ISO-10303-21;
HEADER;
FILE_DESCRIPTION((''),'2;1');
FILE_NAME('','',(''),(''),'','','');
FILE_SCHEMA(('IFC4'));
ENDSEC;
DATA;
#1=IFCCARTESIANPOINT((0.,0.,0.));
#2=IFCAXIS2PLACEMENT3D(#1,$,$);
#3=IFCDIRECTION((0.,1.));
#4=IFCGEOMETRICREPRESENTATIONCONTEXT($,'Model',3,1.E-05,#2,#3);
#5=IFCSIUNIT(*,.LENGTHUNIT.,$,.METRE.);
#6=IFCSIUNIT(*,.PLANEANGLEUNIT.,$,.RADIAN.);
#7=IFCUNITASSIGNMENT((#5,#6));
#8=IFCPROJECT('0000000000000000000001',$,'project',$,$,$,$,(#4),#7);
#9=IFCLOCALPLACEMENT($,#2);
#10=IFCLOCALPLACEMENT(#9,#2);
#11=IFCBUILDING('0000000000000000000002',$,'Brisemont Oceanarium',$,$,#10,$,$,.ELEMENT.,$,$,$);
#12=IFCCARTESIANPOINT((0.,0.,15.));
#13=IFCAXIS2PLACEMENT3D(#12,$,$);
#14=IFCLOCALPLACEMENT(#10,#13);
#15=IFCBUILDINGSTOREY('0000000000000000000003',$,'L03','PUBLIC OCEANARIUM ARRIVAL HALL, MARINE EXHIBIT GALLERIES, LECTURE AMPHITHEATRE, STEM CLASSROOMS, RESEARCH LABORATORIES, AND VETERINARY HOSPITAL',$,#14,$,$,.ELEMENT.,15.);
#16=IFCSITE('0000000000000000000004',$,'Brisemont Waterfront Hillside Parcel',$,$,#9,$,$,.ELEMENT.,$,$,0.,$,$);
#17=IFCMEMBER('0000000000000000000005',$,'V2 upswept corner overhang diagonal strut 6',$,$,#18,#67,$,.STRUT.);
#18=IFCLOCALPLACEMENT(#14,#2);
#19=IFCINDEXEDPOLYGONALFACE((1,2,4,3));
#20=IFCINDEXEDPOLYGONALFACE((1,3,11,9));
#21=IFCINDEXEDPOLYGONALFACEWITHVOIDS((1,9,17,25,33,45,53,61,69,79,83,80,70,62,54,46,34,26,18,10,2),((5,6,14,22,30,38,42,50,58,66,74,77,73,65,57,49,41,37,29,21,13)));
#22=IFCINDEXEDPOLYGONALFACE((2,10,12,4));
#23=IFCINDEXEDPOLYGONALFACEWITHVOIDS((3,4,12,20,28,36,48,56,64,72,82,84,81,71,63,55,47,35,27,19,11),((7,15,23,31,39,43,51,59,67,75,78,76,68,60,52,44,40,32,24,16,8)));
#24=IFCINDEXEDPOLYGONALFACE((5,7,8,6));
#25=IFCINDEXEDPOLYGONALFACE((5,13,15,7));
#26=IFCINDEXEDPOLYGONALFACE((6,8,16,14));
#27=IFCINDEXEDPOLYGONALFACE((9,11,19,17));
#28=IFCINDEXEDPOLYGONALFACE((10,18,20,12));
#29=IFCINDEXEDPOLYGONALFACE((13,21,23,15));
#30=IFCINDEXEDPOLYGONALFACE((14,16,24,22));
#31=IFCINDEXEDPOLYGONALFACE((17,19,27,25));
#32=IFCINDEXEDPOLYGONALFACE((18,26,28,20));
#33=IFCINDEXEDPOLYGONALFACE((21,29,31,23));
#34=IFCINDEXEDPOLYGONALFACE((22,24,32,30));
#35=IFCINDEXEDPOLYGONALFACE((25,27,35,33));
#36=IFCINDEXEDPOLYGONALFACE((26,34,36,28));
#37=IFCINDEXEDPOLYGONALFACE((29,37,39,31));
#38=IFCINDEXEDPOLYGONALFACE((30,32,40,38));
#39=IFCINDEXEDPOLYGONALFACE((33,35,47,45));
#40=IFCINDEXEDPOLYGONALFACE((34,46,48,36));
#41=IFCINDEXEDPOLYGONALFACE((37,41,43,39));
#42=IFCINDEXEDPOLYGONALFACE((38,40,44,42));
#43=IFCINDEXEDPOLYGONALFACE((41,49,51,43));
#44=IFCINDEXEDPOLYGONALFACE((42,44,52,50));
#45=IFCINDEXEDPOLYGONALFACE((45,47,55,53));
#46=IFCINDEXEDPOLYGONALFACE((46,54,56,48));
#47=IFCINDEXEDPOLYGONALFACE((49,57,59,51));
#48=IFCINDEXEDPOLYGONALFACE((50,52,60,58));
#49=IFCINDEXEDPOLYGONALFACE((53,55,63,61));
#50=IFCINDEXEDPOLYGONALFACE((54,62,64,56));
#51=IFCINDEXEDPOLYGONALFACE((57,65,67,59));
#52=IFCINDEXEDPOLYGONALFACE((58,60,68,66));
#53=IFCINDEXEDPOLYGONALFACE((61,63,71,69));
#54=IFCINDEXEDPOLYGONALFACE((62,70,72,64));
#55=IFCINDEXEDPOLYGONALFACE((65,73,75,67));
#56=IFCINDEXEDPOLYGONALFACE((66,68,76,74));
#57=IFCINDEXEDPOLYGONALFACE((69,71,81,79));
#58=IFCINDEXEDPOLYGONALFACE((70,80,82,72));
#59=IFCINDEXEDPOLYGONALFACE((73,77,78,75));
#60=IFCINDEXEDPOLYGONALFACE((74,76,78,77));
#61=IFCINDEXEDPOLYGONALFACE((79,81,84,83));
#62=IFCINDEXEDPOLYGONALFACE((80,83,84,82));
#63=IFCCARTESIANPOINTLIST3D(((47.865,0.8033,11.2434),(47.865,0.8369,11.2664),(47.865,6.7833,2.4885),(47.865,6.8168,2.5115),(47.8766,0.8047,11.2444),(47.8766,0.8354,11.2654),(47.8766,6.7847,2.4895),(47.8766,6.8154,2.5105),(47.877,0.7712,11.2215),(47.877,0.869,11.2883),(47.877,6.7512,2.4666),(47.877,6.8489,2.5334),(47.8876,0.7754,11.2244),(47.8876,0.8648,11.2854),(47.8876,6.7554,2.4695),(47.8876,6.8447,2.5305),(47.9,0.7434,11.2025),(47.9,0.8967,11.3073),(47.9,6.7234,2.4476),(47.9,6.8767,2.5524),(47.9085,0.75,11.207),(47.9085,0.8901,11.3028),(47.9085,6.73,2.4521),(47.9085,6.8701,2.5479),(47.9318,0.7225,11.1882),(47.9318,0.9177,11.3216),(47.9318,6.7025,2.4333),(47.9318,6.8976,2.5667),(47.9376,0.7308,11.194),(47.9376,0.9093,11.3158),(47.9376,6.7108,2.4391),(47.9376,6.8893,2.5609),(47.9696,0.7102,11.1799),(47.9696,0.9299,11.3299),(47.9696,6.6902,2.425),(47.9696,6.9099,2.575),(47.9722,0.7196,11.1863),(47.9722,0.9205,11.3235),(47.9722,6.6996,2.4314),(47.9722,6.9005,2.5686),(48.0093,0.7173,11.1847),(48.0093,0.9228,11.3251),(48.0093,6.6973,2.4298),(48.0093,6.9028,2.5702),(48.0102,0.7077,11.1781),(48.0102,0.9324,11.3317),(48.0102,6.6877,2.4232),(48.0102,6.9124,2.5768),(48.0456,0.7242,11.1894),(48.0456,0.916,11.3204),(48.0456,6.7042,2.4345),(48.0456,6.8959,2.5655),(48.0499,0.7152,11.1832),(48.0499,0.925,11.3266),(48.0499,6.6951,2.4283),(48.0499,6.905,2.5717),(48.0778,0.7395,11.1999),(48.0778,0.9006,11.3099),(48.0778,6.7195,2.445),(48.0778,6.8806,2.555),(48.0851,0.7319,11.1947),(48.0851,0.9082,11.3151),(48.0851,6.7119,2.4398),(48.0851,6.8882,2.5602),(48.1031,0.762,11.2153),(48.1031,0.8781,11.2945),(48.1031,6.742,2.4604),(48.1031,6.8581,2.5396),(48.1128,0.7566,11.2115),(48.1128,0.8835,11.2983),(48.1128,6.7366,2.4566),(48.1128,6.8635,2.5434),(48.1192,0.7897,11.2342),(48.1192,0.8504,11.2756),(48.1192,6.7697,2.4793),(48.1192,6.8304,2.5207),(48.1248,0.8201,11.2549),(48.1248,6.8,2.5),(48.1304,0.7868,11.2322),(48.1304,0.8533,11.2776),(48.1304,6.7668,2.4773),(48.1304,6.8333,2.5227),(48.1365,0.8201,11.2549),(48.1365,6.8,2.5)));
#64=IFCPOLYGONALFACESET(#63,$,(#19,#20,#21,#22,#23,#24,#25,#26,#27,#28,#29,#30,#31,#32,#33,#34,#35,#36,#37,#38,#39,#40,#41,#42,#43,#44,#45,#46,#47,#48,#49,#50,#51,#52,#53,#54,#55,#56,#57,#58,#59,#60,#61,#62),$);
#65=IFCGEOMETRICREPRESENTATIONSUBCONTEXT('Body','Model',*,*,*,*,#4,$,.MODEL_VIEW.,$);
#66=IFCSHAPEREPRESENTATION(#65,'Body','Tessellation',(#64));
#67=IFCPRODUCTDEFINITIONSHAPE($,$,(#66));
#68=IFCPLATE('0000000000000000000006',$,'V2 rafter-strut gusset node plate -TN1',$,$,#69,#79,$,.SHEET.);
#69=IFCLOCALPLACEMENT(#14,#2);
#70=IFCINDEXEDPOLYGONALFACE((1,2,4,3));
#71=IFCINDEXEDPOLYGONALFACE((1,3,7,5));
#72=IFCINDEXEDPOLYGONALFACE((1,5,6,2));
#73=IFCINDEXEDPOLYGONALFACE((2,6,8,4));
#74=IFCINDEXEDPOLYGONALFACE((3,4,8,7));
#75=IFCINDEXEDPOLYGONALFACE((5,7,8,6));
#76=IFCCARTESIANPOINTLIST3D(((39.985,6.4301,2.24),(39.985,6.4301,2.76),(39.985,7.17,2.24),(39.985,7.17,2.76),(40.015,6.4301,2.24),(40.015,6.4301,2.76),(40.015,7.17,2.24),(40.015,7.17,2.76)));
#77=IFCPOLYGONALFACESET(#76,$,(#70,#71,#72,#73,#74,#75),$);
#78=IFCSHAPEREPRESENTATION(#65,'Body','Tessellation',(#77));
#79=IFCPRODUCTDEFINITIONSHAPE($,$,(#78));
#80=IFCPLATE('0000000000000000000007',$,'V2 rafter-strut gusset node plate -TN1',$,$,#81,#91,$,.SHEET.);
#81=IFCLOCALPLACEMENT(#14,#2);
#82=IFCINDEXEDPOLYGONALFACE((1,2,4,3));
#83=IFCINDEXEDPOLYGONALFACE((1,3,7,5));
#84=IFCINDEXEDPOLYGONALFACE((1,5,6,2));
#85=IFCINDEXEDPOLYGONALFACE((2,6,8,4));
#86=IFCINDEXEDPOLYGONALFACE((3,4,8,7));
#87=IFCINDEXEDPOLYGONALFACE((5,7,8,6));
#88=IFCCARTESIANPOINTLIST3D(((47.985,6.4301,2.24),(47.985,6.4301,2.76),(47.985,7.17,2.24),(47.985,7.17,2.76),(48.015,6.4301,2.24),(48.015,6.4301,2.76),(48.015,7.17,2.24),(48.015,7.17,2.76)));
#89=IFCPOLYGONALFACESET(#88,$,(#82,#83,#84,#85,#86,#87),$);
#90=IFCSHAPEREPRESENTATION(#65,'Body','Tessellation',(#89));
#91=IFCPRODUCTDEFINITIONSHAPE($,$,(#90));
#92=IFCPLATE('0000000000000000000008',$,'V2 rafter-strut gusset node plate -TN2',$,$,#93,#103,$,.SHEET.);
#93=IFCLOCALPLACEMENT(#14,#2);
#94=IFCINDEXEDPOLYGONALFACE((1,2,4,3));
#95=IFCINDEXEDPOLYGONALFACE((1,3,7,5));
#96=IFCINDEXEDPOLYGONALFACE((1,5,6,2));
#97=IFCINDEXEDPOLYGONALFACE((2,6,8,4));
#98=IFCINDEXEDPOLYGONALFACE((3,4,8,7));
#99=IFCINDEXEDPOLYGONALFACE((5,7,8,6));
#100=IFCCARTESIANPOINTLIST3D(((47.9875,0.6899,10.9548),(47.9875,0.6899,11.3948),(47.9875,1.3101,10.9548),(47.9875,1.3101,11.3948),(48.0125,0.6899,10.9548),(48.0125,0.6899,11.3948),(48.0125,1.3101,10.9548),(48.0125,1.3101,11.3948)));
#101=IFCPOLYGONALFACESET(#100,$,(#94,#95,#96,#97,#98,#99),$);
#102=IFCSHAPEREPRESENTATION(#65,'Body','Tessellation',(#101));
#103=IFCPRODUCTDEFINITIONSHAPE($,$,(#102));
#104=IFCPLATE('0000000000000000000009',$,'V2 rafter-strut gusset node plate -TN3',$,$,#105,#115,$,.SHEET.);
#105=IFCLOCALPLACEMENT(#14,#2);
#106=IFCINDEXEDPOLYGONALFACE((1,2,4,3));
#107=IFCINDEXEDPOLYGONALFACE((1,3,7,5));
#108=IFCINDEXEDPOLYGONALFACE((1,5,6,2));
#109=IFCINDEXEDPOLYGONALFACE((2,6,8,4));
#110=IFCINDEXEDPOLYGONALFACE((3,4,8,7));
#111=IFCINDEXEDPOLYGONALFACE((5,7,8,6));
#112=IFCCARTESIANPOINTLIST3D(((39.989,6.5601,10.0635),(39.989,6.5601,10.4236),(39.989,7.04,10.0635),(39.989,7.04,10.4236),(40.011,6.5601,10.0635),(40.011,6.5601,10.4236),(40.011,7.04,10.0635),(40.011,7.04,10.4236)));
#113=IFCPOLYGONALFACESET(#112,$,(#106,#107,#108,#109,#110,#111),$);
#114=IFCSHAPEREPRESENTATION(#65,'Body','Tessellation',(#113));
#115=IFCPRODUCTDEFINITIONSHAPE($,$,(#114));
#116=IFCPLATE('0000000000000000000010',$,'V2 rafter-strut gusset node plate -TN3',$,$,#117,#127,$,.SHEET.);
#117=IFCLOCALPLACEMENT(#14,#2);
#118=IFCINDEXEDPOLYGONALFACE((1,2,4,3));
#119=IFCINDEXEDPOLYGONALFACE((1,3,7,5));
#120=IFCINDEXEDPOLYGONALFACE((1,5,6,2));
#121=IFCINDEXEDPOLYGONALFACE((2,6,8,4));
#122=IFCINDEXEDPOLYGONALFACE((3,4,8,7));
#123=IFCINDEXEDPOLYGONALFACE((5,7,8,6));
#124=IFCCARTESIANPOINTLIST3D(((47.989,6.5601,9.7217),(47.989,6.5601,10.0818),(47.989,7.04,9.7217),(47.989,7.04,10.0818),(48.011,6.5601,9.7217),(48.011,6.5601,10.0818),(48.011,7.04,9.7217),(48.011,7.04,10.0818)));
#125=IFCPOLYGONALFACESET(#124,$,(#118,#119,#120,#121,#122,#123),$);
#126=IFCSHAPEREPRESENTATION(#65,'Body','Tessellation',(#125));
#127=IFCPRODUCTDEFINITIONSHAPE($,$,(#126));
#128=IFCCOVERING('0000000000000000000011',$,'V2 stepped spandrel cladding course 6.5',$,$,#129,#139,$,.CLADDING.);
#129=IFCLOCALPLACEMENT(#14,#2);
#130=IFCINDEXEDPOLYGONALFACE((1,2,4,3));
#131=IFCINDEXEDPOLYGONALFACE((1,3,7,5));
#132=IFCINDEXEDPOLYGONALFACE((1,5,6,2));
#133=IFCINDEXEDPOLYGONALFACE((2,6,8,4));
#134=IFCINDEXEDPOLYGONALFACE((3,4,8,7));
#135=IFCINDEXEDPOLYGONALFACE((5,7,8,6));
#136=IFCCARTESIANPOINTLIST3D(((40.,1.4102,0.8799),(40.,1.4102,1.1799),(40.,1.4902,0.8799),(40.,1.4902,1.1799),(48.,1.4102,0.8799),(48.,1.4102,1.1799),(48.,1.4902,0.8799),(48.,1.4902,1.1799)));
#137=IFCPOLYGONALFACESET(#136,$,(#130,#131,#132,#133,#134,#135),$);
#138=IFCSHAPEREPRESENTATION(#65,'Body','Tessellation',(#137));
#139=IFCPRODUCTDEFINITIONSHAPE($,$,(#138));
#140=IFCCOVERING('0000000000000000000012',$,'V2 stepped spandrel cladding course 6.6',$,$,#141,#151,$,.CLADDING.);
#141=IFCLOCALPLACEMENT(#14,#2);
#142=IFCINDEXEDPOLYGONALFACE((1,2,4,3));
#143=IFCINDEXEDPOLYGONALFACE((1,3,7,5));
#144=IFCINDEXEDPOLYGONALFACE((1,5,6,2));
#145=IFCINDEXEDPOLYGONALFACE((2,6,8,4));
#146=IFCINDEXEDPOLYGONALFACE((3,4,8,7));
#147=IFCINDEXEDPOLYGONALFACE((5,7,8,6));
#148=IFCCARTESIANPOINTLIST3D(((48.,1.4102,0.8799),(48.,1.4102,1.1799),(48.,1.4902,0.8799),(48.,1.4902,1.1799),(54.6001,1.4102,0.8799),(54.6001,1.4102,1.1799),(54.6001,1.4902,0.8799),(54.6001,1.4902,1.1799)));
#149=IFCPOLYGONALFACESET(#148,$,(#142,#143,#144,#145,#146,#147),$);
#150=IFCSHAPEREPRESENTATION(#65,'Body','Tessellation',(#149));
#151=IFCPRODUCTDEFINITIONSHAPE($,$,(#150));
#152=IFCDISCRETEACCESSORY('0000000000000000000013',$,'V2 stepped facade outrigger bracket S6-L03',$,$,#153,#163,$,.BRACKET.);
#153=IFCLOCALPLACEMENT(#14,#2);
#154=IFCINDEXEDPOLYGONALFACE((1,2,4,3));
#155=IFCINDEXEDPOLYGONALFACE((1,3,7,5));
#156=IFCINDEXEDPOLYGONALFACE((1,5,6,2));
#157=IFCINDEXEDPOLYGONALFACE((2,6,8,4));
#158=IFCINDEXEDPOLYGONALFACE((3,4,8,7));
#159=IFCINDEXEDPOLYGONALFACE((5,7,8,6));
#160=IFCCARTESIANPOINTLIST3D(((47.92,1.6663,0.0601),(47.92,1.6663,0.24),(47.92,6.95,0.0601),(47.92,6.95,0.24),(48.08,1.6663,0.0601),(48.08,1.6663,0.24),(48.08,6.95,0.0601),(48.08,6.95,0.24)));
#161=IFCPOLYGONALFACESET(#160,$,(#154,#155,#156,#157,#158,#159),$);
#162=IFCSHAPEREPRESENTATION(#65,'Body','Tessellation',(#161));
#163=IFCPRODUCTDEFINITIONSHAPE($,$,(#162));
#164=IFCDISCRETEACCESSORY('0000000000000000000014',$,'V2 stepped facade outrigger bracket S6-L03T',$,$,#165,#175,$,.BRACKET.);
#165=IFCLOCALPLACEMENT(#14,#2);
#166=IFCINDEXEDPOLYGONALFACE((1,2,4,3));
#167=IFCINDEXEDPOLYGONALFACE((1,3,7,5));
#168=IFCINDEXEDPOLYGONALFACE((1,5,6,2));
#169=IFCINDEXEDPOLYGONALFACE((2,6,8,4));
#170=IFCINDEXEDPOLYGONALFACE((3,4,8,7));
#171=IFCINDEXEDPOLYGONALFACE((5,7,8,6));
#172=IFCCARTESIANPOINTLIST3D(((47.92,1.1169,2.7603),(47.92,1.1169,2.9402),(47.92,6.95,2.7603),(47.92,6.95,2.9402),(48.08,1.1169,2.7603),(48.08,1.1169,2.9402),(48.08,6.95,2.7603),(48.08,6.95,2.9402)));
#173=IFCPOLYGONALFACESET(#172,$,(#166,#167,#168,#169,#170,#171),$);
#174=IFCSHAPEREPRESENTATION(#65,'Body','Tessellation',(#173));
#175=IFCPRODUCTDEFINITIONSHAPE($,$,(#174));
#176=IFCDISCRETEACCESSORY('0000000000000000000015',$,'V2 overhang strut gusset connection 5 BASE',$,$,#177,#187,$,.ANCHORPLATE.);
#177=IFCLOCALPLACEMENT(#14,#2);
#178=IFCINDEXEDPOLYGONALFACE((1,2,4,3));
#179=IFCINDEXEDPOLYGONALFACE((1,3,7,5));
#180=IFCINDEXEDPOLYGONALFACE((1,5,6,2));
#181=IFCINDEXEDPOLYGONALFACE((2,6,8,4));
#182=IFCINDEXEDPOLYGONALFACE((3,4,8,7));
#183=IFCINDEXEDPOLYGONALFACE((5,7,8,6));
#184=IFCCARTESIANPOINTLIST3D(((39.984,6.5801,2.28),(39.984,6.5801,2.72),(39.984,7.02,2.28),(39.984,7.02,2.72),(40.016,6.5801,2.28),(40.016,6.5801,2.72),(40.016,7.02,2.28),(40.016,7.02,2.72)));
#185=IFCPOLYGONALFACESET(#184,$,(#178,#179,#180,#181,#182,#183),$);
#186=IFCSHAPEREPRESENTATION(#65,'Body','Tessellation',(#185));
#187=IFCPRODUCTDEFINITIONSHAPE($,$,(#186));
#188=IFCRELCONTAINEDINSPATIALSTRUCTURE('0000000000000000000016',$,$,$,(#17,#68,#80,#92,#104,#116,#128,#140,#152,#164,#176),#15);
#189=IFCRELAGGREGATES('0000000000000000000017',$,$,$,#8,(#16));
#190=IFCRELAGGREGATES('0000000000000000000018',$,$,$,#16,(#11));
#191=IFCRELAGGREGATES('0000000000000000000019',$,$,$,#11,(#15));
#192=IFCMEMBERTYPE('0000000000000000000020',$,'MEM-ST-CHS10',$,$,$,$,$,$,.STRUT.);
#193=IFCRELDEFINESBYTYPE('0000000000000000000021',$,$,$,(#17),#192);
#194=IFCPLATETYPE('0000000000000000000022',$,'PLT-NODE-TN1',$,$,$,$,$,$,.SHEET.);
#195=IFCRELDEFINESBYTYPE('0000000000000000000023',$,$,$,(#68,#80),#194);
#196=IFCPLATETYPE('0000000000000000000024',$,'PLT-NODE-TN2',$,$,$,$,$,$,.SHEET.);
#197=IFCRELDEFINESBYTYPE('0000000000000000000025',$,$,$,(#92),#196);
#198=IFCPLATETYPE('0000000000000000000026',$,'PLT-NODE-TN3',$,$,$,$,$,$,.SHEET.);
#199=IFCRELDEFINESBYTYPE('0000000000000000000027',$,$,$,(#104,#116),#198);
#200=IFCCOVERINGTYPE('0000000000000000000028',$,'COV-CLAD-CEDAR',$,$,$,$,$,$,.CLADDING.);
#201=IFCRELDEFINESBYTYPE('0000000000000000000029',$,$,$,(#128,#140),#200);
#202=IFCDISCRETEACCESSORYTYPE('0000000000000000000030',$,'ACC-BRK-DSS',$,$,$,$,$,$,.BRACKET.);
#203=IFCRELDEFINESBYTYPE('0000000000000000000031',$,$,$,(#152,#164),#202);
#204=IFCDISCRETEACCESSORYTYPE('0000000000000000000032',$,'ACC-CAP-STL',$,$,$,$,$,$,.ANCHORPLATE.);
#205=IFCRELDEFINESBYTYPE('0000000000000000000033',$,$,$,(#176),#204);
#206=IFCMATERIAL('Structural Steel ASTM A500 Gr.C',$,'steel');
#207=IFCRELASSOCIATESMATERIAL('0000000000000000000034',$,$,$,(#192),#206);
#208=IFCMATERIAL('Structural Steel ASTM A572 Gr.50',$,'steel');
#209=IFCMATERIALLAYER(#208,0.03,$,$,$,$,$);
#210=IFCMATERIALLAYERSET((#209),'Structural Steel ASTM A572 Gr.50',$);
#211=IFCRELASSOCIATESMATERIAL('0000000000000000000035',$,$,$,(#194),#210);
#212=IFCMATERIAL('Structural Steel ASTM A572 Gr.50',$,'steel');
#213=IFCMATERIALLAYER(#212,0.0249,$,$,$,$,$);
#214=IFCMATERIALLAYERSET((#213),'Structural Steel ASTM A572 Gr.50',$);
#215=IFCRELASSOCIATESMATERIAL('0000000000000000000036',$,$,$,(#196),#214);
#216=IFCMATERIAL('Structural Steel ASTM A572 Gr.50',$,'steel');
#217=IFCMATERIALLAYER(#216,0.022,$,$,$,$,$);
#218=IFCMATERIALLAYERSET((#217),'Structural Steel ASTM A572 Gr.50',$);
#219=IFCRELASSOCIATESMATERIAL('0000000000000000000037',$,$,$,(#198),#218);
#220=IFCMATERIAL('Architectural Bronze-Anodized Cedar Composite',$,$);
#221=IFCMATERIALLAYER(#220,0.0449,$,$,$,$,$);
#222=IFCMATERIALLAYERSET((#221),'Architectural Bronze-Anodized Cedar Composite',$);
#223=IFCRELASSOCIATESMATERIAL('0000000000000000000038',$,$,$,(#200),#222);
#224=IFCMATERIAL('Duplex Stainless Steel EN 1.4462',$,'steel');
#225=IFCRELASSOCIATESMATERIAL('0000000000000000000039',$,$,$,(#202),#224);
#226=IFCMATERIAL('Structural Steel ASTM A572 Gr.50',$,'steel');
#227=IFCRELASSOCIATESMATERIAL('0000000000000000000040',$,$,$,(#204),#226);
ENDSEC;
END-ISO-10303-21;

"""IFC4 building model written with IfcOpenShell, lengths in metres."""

from ifc_helpers import new_model, si_unit, direction, frame, origin, origin_2d, place, context, subcontext, project, spatial, rectangle, hollow_circle, extrude, material, layer, layer_set, material_profile, profile_set, type_object, element, save


model = new_model("IFC4")

# Units and contexts
model_context = context("Model", 3, precision=1e-05, world=origin(), true_north=direction((0.0, 1.0)))
body_context = subcontext(model_context, "Body", "Model", "MODEL_VIEW")
ifc_project = project(units=[si_unit("LENGTHUNIT", "METRE"), si_unit("PLANEANGLEUNIT", "RADIAN")], contexts=[model_context])

# Site, building, storey
site_placement = place(None, origin())
site = spatial("IfcSite", under=ifc_project, at=site_placement, Name="Brisemont Waterfront Hillside Parcel", CompositionType="ELEMENT", RefElevation=0.0)
building_placement = place(site_placement, origin())
building = spatial("IfcBuilding", under=site, at=building_placement, Name="Brisemont Oceanarium", CompositionType="ELEMENT")
storey_placement = place(building_placement, frame((0.0, 0.0, 15.0)))
storey = spatial("IfcBuildingStorey", under=building, at=storey_placement, Name="L03", Description="PUBLIC OCEANARIUM ARRIVAL HALL, MARINE EXHIBIT GALLERIES, LECTURE AMPHITHEATRE, STEM CLASSROOMS, RESEARCH LABORATORIES, AND VETERINARY HOSPITAL", CompositionType="ELEMENT", Elevation=15.0)

# Member
ifc_material_1 = material(Name="Structural Steel ASTM A500 Gr.C", Category="steel")
ifc_material_profile_1 = material_profile(ifc_material_1, hollow_circle(Radius=0.1365, WallThickness=0.0117, at=origin_2d()), Name="HSS10.750X0.500")
ifc_profile_set_1 = profile_set([ifc_material_profile_1], Name="Structural Steel ASTM A500 Gr.C")
member_type_1 = type_object("IfcMemberType", Name="MEM-ST-CHS10", PredefinedType="STRUT", material=ifc_profile_set_1)
member_1_placement = place(storey_placement, frame((48.0, 6.8, 2.5), z_axis=(0.0, -0.564028, 0.825755), x_axis=(1.0, 0.0, 0.0)))
element("IfcMember", 1, at=member_1_placement, inside=storey, type_object=member_type_1, Name="V2 upswept corner overhang diagonal strut 6", PredefinedType="STRUT", context=body_context, shape_type="SweptSolid", body=[
    extrude(hollow_circle(Radius=0.1365, WallThickness=0.0117, at=origin_2d()), origin(), (0.0, 0.0, 1.0), 10.6023),
])

# Plates
ifc_material_2 = material(Name="Structural Steel ASTM A572 Gr.50", Category="steel")
ifc_layer_1 = layer(ifc_material_2, 0.03)
ifc_layer_set_1 = layer_set([ifc_layer_1], Name="Structural Steel ASTM A572 Gr.50")
plate_type_1 = type_object("IfcPlateType", Name="PLT-NODE-TN1", PredefinedType="SHEET", material=ifc_layer_set_1)
for number, where, z_axis, x_axis, name in (
    (2, (40.0, 6.8, 2.24), (0.0, 0.0, 1.0), (1.0, 0.0, 0.0), "V2 rafter-strut gusset node plate -TN1"),
    (3, (48.0, 6.8, 2.24), (0.0, 0.0, 1.0), (1.0, 0.0, 0.0), "V2 rafter-strut gusset node plate -TN1"),
):
    element("IfcPlate", number, at=place(storey_placement, frame(where, z_axis=z_axis, x_axis=x_axis)), inside=storey, type_object=plate_type_1, Name=name, PredefinedType="SHEET", context=body_context, shape_type="SweptSolid", body=[
        extrude(rectangle(XDim=0.03, YDim=0.74, at=origin_2d()), origin(), (0.0, 0.0, 1.0), 0.52),
    ])
ifc_material_3 = material(Name="Structural Steel ASTM A572 Gr.50", Category="steel")
ifc_layer_2 = layer(ifc_material_3, 0.0249)
ifc_layer_set_2 = layer_set([ifc_layer_2], Name="Structural Steel ASTM A572 Gr.50")
plate_type_2 = type_object("IfcPlateType", Name="PLT-NODE-TN2", PredefinedType="SHEET", material=ifc_layer_set_2)
plate_placement = place(storey_placement, frame((48.0, 1.0, 10.9548), z_axis=(0.0, 0.0, 1.0), x_axis=(1.0, 0.0, 0.0)))
element("IfcPlate", 4, at=plate_placement, inside=storey, type_object=plate_type_2, Name="V2 rafter-strut gusset node plate -TN2", PredefinedType="SHEET", context=body_context, shape_type="SweptSolid", body=[
    extrude(rectangle(XDim=0.0249, YDim=0.6201, at=origin_2d()), origin(), (0.0, 0.0, 1.0), 0.4399),
])
ifc_material_4 = material(Name="Structural Steel ASTM A572 Gr.50", Category="steel")
ifc_layer_3 = layer(ifc_material_4, 0.022)
ifc_layer_set_3 = layer_set([ifc_layer_3], Name="Structural Steel ASTM A572 Gr.50")
plate_type_3 = type_object("IfcPlateType", Name="PLT-NODE-TN3", PredefinedType="SHEET", material=ifc_layer_set_3)
for number, where, z_axis, x_axis, name in (
    (5, (40.0, 6.8, 10.0635), (0.0, 0.0, 1.0), (1.0, 0.0, 0.0), "V2 rafter-strut gusset node plate -TN3"),
    (6, (48.0, 6.8, 9.7217), (0.0, 0.0, 1.0), (1.0, 0.0, 0.0), "V2 rafter-strut gusset node plate -TN3"),
):
    element("IfcPlate", number, at=place(storey_placement, frame(where, z_axis=z_axis, x_axis=x_axis)), inside=storey, type_object=plate_type_3, Name=name, PredefinedType="SHEET", context=body_context, shape_type="SweptSolid", body=[
        extrude(rectangle(XDim=0.022, YDim=0.48, at=origin_2d()), origin(), (0.0, 0.0, 1.0), 0.3601),
    ])

# Coverings
ifc_material_5 = material(Name="Architectural Bronze-Anodized Cedar Composite")
ifc_layer_4 = layer(ifc_material_5, 0.0449)
ifc_layer_set_4 = layer_set([ifc_layer_4], Name="Architectural Bronze-Anodized Cedar Composite")
covering_type = type_object("IfcCoveringType", Name="COV-CLAD-CEDAR", PredefinedType="CLADDING", material=ifc_layer_set_4)
covering_1_placement = place(storey_placement, frame((44.0, 1.4502, 0.8799), z_axis=(0.0, 0.0, 1.0), x_axis=(1.0, 0.0, 0.0)))
element("IfcCovering", 7, at=covering_1_placement, inside=storey, type_object=covering_type, Name="V2 stepped spandrel cladding course 6.5", PredefinedType="CLADDING", context=body_context, shape_type="SweptSolid", body=[
    extrude(rectangle(XDim=8.0, YDim=0.0801, at=origin_2d()), origin(), (0.0, 0.0, 1.0), 0.3),
])
covering_2_placement = place(storey_placement, frame((51.3, 1.4502, 0.8799), z_axis=(0.0, 0.0, 1.0), x_axis=(1.0, 0.0, 0.0)))
element("IfcCovering", 8, at=covering_2_placement, inside=storey, type_object=covering_type, Name="V2 stepped spandrel cladding course 6.6", PredefinedType="CLADDING", context=body_context, shape_type="SweptSolid", body=[
    extrude(rectangle(XDim=6.6001, YDim=0.0801, at=origin_2d()), origin(), (0.0, 0.0, 1.0), 0.3),
])

# Discrete accessories
ifc_material_6 = material(Name="Duplex Stainless Steel EN 1.4462", Category="steel")
discrete_accessory_type_1 = type_object("IfcDiscreteAccessoryType", Name="ACC-BRK-DSS", PredefinedType="BRACKET", material=ifc_material_6)
discrete_accessory_1_placement = place(storey_placement, frame((48.0, 4.3081, 0.0601), z_axis=(0.0, 0.0, 1.0), x_axis=(1.0, 0.0, 0.0)))
element("IfcDiscreteAccessory", 9, at=discrete_accessory_1_placement, inside=storey, type_object=discrete_accessory_type_1, Name="V2 stepped facade outrigger bracket S6-L03", PredefinedType="BRACKET", context=body_context, shape_type="SweptSolid", body=[
    extrude(rectangle(XDim=0.1599, YDim=5.2837, at=origin_2d()), origin(), (0.0, 0.0, 1.0), 0.1799),
])
discrete_accessory_2_placement = place(storey_placement, frame((48.0, 4.0334, 2.7603), z_axis=(0.0, 0.0, 1.0), x_axis=(1.0, 0.0, 0.0)))
element("IfcDiscreteAccessory", 10, at=discrete_accessory_2_placement, inside=storey, type_object=discrete_accessory_type_1, Name="V2 stepped facade outrigger bracket S6-L03T", PredefinedType="BRACKET", context=body_context, shape_type="SweptSolid", body=[
    extrude(rectangle(XDim=0.1599, YDim=5.833, at=origin_2d()), origin(), (0.0, 0.0, 1.0), 0.1799),
])
ifc_material_7 = material(Name="Structural Steel ASTM A572 Gr.50", Category="steel")
discrete_accessory_type_2 = type_object("IfcDiscreteAccessoryType", Name="ACC-CAP-STL", PredefinedType="ANCHORPLATE", material=ifc_material_7)
for number, where, z_axis, x_axis, name in (
    (11, (40.0, 6.8, 2.28), (0.0, 0.0, 1.0), (1.0, 0.0, 0.0), "V2 overhang strut gusset connection 5 BASE"),
):
    element("IfcDiscreteAccessory", number, at=place(storey_placement, frame(where, z_axis=z_axis, x_axis=x_axis)), inside=storey, type_object=discrete_accessory_type_2, Name=name, PredefinedType="ANCHORPLATE", context=body_context, shape_type="SweptSolid", body=[
        extrude(rectangle(XDim=0.032, YDim=0.4399, at=origin_2d()), origin(), (0.0, 0.0, 1.0), 0.4399),
    ])

save(model, "model.ifc")
